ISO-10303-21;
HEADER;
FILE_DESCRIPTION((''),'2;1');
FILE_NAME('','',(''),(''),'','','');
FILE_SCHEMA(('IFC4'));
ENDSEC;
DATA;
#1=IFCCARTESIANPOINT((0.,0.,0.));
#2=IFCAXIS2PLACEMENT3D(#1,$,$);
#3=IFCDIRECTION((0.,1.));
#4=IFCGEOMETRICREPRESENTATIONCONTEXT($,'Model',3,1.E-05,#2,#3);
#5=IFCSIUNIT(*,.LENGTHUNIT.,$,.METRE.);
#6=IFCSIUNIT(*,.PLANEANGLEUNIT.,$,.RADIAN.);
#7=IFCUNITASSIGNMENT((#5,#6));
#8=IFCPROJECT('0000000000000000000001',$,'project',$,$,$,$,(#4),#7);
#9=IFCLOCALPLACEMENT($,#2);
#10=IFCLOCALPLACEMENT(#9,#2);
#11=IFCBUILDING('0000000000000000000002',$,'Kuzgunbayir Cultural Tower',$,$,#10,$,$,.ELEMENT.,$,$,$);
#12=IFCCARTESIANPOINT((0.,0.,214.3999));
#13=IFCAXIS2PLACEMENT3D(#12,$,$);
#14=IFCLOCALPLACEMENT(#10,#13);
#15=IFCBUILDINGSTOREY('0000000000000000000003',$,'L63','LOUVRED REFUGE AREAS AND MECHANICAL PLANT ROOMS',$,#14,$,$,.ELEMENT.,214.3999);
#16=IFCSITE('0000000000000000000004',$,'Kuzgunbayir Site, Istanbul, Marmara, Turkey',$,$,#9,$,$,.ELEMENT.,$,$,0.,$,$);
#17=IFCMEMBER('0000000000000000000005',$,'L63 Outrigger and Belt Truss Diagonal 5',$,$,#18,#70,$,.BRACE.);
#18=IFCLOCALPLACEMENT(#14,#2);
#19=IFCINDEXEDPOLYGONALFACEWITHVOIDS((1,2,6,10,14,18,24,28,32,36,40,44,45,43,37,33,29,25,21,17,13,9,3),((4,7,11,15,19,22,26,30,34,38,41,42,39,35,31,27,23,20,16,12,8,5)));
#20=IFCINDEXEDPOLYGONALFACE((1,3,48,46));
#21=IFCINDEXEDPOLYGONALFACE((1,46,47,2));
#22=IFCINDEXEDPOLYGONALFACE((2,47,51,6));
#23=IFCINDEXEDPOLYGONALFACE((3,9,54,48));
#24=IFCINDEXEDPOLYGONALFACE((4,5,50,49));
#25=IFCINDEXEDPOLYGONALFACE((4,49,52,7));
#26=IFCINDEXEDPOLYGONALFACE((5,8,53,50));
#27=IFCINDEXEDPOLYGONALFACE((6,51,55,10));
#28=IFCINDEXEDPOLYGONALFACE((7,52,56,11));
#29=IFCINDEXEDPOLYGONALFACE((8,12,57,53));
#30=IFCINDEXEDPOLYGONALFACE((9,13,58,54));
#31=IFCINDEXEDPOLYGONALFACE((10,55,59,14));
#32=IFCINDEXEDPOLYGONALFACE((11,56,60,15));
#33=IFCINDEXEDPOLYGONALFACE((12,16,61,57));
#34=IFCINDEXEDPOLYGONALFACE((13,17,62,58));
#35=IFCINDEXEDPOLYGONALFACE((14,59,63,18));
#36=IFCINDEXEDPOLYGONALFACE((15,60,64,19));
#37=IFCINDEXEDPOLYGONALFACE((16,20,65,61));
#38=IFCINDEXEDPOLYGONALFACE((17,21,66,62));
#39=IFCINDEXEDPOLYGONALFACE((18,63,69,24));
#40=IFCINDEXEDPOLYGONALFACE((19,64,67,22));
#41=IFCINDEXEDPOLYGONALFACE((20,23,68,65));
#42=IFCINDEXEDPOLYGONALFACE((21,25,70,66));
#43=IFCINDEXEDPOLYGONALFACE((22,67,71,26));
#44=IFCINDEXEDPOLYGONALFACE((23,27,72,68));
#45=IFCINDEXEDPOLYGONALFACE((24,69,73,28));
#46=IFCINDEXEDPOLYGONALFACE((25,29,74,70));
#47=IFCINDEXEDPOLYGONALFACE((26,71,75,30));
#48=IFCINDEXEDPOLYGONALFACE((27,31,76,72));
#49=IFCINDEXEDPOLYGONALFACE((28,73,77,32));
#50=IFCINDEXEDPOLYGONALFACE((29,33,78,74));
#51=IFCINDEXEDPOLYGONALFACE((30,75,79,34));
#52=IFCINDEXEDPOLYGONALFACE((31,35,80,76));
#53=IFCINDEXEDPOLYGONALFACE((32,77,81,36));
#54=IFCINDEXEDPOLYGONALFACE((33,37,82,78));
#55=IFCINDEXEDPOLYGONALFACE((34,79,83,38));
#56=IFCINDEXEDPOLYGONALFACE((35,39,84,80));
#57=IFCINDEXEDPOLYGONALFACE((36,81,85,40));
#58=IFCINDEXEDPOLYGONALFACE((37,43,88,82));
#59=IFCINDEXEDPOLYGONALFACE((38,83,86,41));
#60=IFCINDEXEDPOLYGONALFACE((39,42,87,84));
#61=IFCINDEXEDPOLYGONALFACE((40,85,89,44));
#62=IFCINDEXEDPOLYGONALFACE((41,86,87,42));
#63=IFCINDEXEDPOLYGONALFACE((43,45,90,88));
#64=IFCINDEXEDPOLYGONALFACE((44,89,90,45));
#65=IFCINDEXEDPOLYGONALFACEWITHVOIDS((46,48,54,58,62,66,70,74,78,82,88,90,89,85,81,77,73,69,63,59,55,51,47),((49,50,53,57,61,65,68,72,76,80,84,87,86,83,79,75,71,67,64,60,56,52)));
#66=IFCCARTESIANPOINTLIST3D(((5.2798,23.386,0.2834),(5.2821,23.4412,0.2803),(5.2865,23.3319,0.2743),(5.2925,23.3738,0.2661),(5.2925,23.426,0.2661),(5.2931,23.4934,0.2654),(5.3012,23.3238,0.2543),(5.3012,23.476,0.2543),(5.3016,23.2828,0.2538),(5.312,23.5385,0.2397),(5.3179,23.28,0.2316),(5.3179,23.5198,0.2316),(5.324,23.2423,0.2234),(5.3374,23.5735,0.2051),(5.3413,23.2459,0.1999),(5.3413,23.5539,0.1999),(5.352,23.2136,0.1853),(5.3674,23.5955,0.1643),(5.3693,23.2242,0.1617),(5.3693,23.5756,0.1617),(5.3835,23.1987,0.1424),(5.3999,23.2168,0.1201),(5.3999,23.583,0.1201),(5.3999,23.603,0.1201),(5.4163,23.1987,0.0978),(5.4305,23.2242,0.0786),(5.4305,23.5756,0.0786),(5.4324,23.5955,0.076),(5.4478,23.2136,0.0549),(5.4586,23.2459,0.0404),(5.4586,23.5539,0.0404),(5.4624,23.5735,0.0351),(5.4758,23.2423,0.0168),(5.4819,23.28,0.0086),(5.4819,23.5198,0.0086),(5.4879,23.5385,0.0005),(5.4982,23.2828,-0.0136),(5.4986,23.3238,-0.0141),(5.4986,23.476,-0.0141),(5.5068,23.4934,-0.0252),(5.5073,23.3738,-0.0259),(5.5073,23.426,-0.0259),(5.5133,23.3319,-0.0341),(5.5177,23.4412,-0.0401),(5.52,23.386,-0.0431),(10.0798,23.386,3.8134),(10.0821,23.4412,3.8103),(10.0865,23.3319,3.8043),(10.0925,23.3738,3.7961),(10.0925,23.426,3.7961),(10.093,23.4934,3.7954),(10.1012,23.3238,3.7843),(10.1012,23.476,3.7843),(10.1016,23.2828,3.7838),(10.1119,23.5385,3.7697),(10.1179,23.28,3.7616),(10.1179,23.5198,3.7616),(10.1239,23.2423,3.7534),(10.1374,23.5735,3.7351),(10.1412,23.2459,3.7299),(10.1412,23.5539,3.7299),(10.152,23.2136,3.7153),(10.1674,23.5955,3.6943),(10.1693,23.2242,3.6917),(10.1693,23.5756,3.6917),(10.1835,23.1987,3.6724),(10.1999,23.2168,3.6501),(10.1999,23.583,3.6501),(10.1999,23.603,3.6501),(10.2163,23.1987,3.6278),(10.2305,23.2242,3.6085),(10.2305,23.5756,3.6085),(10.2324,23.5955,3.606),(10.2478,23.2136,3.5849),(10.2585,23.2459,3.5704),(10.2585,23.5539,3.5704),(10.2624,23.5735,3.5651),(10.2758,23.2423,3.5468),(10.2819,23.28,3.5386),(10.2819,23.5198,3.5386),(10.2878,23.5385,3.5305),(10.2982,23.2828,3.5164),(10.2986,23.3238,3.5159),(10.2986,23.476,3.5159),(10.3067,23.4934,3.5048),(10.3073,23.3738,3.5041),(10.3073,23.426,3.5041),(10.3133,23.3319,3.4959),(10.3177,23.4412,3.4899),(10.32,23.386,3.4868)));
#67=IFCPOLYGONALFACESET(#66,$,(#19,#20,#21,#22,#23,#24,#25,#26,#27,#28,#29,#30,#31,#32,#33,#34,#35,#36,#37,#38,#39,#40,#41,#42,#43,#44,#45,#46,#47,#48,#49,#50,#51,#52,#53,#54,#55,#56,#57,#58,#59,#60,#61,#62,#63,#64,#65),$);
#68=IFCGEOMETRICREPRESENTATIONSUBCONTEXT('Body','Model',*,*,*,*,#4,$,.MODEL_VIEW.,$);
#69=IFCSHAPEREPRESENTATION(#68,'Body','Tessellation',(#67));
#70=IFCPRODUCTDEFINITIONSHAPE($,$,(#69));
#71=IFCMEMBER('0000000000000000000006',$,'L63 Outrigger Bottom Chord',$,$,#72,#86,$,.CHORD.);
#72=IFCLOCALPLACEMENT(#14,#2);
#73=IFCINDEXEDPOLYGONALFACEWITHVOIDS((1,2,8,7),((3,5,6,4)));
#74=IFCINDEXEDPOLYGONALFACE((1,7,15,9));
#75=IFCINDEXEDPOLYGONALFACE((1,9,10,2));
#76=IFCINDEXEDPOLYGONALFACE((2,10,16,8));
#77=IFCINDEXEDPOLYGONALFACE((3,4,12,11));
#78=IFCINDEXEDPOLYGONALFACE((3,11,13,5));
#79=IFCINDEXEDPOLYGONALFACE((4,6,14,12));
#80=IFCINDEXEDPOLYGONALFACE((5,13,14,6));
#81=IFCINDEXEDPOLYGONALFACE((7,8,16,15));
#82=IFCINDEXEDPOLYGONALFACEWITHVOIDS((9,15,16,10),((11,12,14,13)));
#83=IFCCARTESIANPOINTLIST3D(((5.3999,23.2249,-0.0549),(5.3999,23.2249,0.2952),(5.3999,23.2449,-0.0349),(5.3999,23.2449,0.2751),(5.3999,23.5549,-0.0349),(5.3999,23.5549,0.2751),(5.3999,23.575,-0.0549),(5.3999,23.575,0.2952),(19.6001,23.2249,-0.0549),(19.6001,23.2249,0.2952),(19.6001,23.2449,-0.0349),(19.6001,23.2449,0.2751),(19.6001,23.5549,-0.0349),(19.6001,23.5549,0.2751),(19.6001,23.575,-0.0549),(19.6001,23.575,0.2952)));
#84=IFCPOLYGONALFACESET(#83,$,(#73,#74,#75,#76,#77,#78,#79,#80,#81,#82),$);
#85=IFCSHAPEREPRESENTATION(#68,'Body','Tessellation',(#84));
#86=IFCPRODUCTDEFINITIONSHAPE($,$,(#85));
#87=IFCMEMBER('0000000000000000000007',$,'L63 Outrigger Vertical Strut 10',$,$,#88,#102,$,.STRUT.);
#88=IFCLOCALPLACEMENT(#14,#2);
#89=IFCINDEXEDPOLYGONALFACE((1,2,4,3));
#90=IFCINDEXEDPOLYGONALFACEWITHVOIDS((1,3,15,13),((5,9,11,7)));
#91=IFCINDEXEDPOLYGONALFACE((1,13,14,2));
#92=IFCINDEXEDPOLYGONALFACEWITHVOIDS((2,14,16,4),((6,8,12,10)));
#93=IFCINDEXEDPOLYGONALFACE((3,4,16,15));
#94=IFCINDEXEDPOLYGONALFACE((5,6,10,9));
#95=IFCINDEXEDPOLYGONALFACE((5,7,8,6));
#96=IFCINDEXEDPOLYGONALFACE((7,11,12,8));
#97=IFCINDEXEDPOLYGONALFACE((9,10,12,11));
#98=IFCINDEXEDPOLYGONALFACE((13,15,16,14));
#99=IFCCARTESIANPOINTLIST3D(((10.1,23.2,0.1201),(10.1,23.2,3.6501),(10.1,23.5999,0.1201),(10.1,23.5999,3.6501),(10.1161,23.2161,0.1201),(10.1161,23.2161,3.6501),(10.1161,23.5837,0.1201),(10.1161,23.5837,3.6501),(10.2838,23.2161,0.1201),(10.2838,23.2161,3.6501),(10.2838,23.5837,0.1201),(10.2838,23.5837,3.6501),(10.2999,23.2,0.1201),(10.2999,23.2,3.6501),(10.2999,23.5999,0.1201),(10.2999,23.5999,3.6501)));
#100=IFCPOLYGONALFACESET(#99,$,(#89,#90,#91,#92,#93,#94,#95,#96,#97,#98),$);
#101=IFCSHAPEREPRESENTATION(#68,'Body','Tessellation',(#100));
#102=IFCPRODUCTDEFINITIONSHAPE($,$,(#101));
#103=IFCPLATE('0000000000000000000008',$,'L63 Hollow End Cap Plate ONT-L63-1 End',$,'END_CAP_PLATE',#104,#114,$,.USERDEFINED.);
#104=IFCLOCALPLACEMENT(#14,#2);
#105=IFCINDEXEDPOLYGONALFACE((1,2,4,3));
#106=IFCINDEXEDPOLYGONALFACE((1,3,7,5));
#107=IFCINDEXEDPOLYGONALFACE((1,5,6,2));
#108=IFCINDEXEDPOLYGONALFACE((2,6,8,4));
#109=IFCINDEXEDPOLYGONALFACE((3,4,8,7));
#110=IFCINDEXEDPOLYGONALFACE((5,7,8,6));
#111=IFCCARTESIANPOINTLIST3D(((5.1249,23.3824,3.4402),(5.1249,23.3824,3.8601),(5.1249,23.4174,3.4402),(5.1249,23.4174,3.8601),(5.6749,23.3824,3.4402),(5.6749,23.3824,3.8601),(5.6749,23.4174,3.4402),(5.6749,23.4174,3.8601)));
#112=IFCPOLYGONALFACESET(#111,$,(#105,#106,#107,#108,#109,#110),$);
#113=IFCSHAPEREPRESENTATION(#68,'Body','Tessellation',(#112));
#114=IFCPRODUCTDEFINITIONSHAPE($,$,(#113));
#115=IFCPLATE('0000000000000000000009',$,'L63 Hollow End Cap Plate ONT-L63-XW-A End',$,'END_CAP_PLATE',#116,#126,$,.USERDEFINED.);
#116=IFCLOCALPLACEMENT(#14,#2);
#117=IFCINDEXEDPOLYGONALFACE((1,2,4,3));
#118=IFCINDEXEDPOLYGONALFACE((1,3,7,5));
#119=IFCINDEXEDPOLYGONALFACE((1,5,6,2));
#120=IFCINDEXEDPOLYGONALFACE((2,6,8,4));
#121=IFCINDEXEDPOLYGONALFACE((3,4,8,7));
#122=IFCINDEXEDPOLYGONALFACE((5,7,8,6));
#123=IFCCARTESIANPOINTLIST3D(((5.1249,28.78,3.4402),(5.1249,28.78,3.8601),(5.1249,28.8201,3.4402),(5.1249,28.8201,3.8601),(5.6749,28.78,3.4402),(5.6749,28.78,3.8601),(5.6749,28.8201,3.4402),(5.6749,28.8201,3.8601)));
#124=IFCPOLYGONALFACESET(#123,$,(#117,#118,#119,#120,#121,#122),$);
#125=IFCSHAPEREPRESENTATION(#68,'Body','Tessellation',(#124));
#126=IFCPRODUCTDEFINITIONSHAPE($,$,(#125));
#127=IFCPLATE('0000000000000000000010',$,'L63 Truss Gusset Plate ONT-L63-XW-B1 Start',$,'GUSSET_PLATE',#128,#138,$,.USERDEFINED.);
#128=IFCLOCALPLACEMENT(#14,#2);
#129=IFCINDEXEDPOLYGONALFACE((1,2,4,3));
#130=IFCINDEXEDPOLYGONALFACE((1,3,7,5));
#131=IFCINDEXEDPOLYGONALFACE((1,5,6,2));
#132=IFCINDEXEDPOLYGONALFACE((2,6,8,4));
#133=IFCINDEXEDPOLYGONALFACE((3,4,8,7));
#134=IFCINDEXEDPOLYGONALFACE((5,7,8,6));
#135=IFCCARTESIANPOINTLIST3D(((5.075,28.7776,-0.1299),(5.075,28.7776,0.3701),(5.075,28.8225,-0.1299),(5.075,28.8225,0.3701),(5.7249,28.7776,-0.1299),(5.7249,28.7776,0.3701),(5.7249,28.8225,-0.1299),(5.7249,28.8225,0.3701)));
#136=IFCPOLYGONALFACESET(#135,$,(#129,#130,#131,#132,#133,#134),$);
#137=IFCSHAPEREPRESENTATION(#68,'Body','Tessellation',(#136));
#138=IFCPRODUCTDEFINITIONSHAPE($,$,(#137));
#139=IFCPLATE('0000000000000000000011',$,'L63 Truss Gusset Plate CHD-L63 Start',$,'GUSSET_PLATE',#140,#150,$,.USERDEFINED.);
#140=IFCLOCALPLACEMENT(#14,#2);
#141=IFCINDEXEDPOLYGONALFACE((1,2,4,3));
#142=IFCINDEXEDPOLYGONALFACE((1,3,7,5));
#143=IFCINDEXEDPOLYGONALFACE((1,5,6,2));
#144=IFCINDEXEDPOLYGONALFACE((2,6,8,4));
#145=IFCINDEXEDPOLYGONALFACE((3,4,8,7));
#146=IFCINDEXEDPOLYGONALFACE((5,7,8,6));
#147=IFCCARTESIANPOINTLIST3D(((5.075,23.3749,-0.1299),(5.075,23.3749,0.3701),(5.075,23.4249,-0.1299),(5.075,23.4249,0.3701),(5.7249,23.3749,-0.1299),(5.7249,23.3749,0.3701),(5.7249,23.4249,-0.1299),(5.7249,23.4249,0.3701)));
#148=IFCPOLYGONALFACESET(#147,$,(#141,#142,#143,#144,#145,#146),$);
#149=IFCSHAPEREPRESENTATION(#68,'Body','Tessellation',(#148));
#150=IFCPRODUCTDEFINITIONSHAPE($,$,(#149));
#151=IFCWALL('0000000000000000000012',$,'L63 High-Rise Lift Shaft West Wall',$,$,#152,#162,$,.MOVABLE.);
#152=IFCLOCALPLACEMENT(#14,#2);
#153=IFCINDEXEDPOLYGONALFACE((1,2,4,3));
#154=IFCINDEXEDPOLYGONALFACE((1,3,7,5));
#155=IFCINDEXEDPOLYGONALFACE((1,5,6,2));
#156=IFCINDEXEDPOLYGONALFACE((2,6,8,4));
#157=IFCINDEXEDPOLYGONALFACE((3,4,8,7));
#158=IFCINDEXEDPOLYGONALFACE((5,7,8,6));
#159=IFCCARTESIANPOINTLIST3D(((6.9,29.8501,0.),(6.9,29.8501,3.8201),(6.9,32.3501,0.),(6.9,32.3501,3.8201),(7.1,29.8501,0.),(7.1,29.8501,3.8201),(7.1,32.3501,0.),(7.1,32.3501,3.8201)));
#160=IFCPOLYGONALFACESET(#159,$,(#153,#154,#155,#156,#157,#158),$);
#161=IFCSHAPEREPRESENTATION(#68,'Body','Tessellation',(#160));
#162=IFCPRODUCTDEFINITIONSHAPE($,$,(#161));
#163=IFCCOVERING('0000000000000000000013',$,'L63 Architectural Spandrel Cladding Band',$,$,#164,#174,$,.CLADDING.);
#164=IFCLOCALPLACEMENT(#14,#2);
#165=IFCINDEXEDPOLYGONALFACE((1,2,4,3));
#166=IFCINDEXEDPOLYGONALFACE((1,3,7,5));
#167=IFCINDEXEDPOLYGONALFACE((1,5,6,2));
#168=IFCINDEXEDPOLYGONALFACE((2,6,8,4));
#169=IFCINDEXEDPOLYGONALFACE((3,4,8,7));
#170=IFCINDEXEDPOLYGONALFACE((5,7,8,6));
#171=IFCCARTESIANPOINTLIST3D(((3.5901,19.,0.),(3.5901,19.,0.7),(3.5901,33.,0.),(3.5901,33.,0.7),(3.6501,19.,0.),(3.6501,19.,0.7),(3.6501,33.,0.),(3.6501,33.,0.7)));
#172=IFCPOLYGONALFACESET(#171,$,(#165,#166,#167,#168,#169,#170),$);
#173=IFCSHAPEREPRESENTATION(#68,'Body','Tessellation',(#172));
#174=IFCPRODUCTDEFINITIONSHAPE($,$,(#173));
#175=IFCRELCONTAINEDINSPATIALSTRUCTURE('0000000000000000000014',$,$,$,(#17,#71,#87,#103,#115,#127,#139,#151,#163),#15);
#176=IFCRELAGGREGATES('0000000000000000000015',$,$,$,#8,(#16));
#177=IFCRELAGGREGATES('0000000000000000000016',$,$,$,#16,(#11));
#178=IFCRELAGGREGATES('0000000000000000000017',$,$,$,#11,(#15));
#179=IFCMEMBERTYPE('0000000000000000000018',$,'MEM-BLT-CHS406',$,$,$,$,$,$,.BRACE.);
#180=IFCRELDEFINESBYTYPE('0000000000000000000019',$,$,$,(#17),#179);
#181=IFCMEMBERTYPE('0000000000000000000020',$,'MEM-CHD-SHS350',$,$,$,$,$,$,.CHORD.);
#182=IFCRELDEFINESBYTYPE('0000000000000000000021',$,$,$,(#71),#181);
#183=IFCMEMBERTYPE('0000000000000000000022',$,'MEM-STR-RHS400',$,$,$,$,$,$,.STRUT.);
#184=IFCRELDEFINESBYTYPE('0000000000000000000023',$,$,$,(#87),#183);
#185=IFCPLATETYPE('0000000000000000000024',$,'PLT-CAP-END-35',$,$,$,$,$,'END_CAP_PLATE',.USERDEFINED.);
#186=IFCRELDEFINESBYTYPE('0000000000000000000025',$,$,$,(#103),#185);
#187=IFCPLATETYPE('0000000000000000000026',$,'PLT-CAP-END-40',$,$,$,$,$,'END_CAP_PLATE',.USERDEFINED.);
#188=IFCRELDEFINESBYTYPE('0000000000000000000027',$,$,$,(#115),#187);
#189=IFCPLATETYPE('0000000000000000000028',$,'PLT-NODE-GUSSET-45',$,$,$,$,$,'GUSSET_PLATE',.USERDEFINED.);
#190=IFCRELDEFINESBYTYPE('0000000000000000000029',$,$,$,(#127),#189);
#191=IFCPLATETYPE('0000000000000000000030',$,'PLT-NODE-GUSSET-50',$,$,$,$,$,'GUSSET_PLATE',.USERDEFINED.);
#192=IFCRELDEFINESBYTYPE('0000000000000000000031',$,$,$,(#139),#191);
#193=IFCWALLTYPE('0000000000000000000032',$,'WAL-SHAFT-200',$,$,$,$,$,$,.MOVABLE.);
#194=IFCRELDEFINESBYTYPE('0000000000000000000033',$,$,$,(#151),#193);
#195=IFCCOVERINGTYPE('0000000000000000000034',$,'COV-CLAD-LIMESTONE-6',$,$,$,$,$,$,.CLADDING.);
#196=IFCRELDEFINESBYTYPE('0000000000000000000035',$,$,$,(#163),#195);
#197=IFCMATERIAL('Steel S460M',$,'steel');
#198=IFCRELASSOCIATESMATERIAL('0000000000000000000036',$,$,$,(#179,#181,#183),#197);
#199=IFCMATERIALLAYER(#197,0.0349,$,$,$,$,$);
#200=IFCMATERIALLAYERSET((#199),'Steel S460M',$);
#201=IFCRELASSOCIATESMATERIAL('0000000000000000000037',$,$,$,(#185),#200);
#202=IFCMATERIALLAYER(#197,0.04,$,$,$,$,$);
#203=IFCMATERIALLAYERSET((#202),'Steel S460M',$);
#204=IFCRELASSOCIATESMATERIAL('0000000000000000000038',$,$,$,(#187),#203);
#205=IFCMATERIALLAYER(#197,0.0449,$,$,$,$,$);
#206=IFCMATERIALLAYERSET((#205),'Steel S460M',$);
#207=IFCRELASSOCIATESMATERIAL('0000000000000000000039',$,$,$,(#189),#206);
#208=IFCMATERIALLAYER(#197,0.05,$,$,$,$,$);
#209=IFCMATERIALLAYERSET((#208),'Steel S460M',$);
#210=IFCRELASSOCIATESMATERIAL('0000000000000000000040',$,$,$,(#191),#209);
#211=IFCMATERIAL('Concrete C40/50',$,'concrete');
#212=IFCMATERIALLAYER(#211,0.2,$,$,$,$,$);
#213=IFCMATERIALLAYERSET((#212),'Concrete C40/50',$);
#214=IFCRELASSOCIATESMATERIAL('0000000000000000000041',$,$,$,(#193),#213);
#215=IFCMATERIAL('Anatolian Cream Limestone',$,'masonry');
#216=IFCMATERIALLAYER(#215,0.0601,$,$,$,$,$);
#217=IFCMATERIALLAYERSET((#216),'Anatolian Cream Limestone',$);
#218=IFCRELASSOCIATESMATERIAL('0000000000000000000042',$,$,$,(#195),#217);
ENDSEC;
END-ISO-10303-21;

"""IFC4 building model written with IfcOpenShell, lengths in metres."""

from ifc_helpers import new_model, si_unit, direction, frame, frame_2d, origin, origin_2d, place, context, subcontext, project, spatial, rectangle, hollow_rectangle, hollow_circle, extrude, material, layer, layer_set, material_profile, profile_set, type_object, element, save


model = new_model("IFC4")

# Units and contexts
model_context = context("Model", 3, precision=1e-05, world=origin(), true_north=direction((0.0, 1.0)))
body_context = subcontext(model_context, "Body", "Model", "MODEL_VIEW")
ifc_project = project(units=[si_unit("LENGTHUNIT", "METRE"), si_unit("PLANEANGLEUNIT", "RADIAN")], contexts=[model_context])

# Site, building, storey
site_placement = place(None, origin())
site = spatial("IfcSite", under=ifc_project, at=site_placement, Name="Kuzgunbayir Site, Istanbul, Marmara, Turkey", CompositionType="ELEMENT", RefElevation=0.0)
building_placement = place(site_placement, origin())
building = spatial("IfcBuilding", under=site, at=building_placement, Name="Kuzgunbayir Cultural Tower", CompositionType="ELEMENT")
storey_placement = place(building_placement, frame((0.0, 0.0, 214.3999)))
storey = spatial("IfcBuildingStorey", under=building, at=storey_placement, Name="L63", Description="LOUVRED REFUGE AREAS AND MECHANICAL PLANT ROOMS", CompositionType="ELEMENT", Elevation=214.3999)

# Members
ifc_material_1 = material(Name="Steel S460M", Category="steel")
ifc_material_profile_1 = material_profile(ifc_material_1, hollow_circle(Radius=0.2031, WallThickness=0.02, at=origin_2d()), Name="CHS 406.4x20")
ifc_profile_set_1 = profile_set([ifc_material_profile_1], Name="Steel S460M")
member_type_1 = type_object("IfcMemberType", Name="MEM-BLT-CHS406", PredefinedType="BRACE", material=ifc_profile_set_1)
member_1_placement = place(storey_placement, frame((5.3999, 23.3999, 0.1201), z_axis=(0.805604, 0.0, 0.592454), x_axis=(0.0, 1.0, 0.0)))
element("IfcMember", 1, at=member_1_placement, inside=storey, type_object=member_type_1, Name="L63 Outrigger and Belt Truss Diagonal 5", PredefinedType="BRACE", context=body_context, shape_type="SweptSolid", body=[
    extrude(hollow_circle(Radius=0.2031, WallThickness=0.02, at=origin_2d()), origin(), (0.0, 0.0, 1.0), 5.9583),
])
ifc_material_profile_2 = material_profile(ifc_material_1, hollow_rectangle(XDim=0.3501, YDim=0.3501, WallThickness=0.02, at=origin_2d()), Name="SHS 350x350x20")
ifc_profile_set_2 = profile_set([ifc_material_profile_2], Name="Steel S460M")
member_type_2 = type_object("IfcMemberType", Name="MEM-CHD-SHS350", PredefinedType="CHORD", material=ifc_profile_set_2)
member_2_placement = place(storey_placement, frame((5.3999, 23.3999, 0.1201), z_axis=(1.0, 0.0, 0.0), x_axis=(0.0, 1.0, 0.0)))
element("IfcMember", 2, at=member_2_placement, inside=storey, type_object=member_type_2, Name="L63 Outrigger Bottom Chord", PredefinedType="CHORD", context=body_context, shape_type="SweptSolid", body=[
    extrude(hollow_rectangle(XDim=0.3501, YDim=0.3501, WallThickness=0.02, at=origin_2d()), origin(), (0.0, 0.0, 1.0), 14.2002),
])
ifc_material_profile_3 = material_profile(ifc_material_1, hollow_rectangle(XDim=0.2, YDim=0.3999, WallThickness=0.0161, at=origin_2d()), Name="RHS 400x200x16")
ifc_profile_set_3 = profile_set([ifc_material_profile_3], Name="Steel S460M")
member_type_3 = type_object("IfcMemberType", Name="MEM-STR-RHS400", PredefinedType="STRUT", material=ifc_profile_set_3)
member_3_placement = place(storey_placement, frame((10.2, 23.3999, 0.1201), z_axis=(0.0, 0.0, 1.0), x_axis=(1.0, 0.0, 0.0)))
element("IfcMember", 3, at=member_3_placement, inside=storey, type_object=member_type_3, Name="L63 Outrigger Vertical Strut 10", PredefinedType="STRUT", context=body_context, shape_type="SweptSolid", body=[
    extrude(hollow_rectangle(XDim=0.2, YDim=0.3999, WallThickness=0.0161, at=origin_2d()), origin(), (0.0, 0.0, 1.0), 3.53),
])

# Plates
ifc_layer_1 = layer(ifc_material_1, 0.0349)
ifc_layer_set_1 = layer_set([ifc_layer_1], Name="Steel S460M")
plate_type_1 = type_object("IfcPlateType", Name="PLT-CAP-END-35", ElementType="END_CAP_PLATE", PredefinedType="USERDEFINED", material=ifc_layer_set_1)
plate_1_placement = place(storey_placement, frame((5.3999, 23.3999, 3.4402), z_axis=(0.0, 0.0, 1.0), x_axis=(1.0, 0.0, 0.0)))
element("IfcPlate", 4, at=plate_1_placement, inside=storey, type_object=plate_type_1, Name="L63 Hollow End Cap Plate ONT-L63-1 End", ObjectType="END_CAP_PLATE", PredefinedType="USERDEFINED", context=body_context, shape_type="SweptSolid", body=[
    extrude(rectangle(XDim=0.55, YDim=0.0349, at=origin_2d()), origin(), (0.0, 0.0, 1.0), 0.4199),
])
ifc_layer_2 = layer(ifc_material_1, 0.04)
ifc_layer_set_2 = layer_set([ifc_layer_2], Name="Steel S460M")
plate_type_2 = type_object("IfcPlateType", Name="PLT-CAP-END-40", ElementType="END_CAP_PLATE", PredefinedType="USERDEFINED", material=ifc_layer_set_2)
plate_2_placement = place(storey_placement, frame((5.3999, 28.8, 3.4402), z_axis=(0.0, 0.0, 1.0), x_axis=(1.0, 0.0, 0.0)))
element("IfcPlate", 5, at=plate_2_placement, inside=storey, type_object=plate_type_2, Name="L63 Hollow End Cap Plate ONT-L63-XW-A End", ObjectType="END_CAP_PLATE", PredefinedType="USERDEFINED", context=body_context, shape_type="SweptSolid", body=[
    extrude(rectangle(XDim=0.55, YDim=0.04, at=origin_2d()), origin(), (0.0, 0.0, 1.0), 0.4199),
])
ifc_layer_3 = layer(ifc_material_1, 0.0449)
ifc_layer_set_3 = layer_set([ifc_layer_3], Name="Steel S460M")
plate_type_3 = type_object("IfcPlateType", Name="PLT-NODE-GUSSET-45", ElementType="GUSSET_PLATE", PredefinedType="USERDEFINED", material=ifc_layer_set_3)
plate_3_placement = place(storey_placement, frame((5.3999, 28.8, -0.1299), z_axis=(0.0, 0.0, 1.0), x_axis=(1.0, 0.0, 0.0)))
element("IfcPlate", 6, at=plate_3_placement, inside=storey, type_object=plate_type_3, Name="L63 Truss Gusset Plate ONT-L63-XW-B1 Start", ObjectType="GUSSET_PLATE", PredefinedType="USERDEFINED", context=body_context, shape_type="SweptSolid", body=[
    extrude(rectangle(XDim=0.6499, YDim=0.0449, at=origin_2d()), origin(), (0.0, 0.0, 1.0), 0.5),
])
ifc_layer_4 = layer(ifc_material_1, 0.05)
ifc_layer_set_4 = layer_set([ifc_layer_4], Name="Steel S460M")
plate_type_4 = type_object("IfcPlateType", Name="PLT-NODE-GUSSET-50", ElementType="GUSSET_PLATE", PredefinedType="USERDEFINED", material=ifc_layer_set_4)
plate_4_placement = place(storey_placement, frame((5.3999, 23.3999, -0.1299), z_axis=(0.0, 0.0, 1.0), x_axis=(1.0, 0.0, 0.0)))
element("IfcPlate", 7, at=plate_4_placement, inside=storey, type_object=plate_type_4, Name="L63 Truss Gusset Plate CHD-L63 Start", ObjectType="GUSSET_PLATE", PredefinedType="USERDEFINED", context=body_context, shape_type="SweptSolid", body=[
    extrude(rectangle(XDim=0.6499, YDim=0.05, at=origin_2d()), origin(), (0.0, 0.0, 1.0), 0.5),
])

# Shared definitions
ifc_material_2 = material(Name="Concrete C40/50", Category="concrete")
ifc_layer_5 = layer(ifc_material_2, 0.2)
ifc_layer_set_5 = layer_set([ifc_layer_5], Name="Concrete C40/50")
wall_type = type_object("IfcWallType", Name="WAL-SHAFT-200", PredefinedType="MOVABLE", material=ifc_layer_set_5)

# Wall
wall_1_placement = place(storey_placement, frame((7.0, 29.8501, 0.0), z_axis=(0.0, 0.0, 1.0), x_axis=(0.0, 1.0, 0.0)))
element("IfcWall", 8, at=wall_1_placement, inside=storey, type_object=wall_type, Name="L63 High-Rise Lift Shaft West Wall", PredefinedType="MOVABLE", context=body_context, shape_type="SweptSolid", body=[
    extrude(rectangle(XDim=2.5, YDim=0.2, at=frame_2d((1.25, 0.0))), origin(), (0.0, 0.0, 1.0), 3.8201),
])

# Covering
ifc_material_3 = material(Name="Anatolian Cream Limestone", Category="masonry")
ifc_layer_6 = layer(ifc_material_3, 0.0601)
ifc_layer_set_6 = layer_set([ifc_layer_6], Name="Anatolian Cream Limestone")
covering_type = type_object("IfcCoveringType", Name="COV-CLAD-LIMESTONE-6", PredefinedType="CLADDING", material=ifc_layer_set_6)
covering_placement = place(storey_placement, frame((3.6201, 26.0, 0.0), z_axis=(0.0, 0.0, 1.0), x_axis=(1.0, 0.0, 0.0)))
element("IfcCovering", 9, at=covering_placement, inside=storey, type_object=covering_type, Name="L63 Architectural Spandrel Cladding Band", PredefinedType="CLADDING", context=body_context, shape_type="SweptSolid", body=[
    extrude(rectangle(XDim=0.0601, YDim=14.0, at=origin_2d()), origin(), (0.0, 0.0, 1.0), 0.7),
])

save(model, "model.ifc")
